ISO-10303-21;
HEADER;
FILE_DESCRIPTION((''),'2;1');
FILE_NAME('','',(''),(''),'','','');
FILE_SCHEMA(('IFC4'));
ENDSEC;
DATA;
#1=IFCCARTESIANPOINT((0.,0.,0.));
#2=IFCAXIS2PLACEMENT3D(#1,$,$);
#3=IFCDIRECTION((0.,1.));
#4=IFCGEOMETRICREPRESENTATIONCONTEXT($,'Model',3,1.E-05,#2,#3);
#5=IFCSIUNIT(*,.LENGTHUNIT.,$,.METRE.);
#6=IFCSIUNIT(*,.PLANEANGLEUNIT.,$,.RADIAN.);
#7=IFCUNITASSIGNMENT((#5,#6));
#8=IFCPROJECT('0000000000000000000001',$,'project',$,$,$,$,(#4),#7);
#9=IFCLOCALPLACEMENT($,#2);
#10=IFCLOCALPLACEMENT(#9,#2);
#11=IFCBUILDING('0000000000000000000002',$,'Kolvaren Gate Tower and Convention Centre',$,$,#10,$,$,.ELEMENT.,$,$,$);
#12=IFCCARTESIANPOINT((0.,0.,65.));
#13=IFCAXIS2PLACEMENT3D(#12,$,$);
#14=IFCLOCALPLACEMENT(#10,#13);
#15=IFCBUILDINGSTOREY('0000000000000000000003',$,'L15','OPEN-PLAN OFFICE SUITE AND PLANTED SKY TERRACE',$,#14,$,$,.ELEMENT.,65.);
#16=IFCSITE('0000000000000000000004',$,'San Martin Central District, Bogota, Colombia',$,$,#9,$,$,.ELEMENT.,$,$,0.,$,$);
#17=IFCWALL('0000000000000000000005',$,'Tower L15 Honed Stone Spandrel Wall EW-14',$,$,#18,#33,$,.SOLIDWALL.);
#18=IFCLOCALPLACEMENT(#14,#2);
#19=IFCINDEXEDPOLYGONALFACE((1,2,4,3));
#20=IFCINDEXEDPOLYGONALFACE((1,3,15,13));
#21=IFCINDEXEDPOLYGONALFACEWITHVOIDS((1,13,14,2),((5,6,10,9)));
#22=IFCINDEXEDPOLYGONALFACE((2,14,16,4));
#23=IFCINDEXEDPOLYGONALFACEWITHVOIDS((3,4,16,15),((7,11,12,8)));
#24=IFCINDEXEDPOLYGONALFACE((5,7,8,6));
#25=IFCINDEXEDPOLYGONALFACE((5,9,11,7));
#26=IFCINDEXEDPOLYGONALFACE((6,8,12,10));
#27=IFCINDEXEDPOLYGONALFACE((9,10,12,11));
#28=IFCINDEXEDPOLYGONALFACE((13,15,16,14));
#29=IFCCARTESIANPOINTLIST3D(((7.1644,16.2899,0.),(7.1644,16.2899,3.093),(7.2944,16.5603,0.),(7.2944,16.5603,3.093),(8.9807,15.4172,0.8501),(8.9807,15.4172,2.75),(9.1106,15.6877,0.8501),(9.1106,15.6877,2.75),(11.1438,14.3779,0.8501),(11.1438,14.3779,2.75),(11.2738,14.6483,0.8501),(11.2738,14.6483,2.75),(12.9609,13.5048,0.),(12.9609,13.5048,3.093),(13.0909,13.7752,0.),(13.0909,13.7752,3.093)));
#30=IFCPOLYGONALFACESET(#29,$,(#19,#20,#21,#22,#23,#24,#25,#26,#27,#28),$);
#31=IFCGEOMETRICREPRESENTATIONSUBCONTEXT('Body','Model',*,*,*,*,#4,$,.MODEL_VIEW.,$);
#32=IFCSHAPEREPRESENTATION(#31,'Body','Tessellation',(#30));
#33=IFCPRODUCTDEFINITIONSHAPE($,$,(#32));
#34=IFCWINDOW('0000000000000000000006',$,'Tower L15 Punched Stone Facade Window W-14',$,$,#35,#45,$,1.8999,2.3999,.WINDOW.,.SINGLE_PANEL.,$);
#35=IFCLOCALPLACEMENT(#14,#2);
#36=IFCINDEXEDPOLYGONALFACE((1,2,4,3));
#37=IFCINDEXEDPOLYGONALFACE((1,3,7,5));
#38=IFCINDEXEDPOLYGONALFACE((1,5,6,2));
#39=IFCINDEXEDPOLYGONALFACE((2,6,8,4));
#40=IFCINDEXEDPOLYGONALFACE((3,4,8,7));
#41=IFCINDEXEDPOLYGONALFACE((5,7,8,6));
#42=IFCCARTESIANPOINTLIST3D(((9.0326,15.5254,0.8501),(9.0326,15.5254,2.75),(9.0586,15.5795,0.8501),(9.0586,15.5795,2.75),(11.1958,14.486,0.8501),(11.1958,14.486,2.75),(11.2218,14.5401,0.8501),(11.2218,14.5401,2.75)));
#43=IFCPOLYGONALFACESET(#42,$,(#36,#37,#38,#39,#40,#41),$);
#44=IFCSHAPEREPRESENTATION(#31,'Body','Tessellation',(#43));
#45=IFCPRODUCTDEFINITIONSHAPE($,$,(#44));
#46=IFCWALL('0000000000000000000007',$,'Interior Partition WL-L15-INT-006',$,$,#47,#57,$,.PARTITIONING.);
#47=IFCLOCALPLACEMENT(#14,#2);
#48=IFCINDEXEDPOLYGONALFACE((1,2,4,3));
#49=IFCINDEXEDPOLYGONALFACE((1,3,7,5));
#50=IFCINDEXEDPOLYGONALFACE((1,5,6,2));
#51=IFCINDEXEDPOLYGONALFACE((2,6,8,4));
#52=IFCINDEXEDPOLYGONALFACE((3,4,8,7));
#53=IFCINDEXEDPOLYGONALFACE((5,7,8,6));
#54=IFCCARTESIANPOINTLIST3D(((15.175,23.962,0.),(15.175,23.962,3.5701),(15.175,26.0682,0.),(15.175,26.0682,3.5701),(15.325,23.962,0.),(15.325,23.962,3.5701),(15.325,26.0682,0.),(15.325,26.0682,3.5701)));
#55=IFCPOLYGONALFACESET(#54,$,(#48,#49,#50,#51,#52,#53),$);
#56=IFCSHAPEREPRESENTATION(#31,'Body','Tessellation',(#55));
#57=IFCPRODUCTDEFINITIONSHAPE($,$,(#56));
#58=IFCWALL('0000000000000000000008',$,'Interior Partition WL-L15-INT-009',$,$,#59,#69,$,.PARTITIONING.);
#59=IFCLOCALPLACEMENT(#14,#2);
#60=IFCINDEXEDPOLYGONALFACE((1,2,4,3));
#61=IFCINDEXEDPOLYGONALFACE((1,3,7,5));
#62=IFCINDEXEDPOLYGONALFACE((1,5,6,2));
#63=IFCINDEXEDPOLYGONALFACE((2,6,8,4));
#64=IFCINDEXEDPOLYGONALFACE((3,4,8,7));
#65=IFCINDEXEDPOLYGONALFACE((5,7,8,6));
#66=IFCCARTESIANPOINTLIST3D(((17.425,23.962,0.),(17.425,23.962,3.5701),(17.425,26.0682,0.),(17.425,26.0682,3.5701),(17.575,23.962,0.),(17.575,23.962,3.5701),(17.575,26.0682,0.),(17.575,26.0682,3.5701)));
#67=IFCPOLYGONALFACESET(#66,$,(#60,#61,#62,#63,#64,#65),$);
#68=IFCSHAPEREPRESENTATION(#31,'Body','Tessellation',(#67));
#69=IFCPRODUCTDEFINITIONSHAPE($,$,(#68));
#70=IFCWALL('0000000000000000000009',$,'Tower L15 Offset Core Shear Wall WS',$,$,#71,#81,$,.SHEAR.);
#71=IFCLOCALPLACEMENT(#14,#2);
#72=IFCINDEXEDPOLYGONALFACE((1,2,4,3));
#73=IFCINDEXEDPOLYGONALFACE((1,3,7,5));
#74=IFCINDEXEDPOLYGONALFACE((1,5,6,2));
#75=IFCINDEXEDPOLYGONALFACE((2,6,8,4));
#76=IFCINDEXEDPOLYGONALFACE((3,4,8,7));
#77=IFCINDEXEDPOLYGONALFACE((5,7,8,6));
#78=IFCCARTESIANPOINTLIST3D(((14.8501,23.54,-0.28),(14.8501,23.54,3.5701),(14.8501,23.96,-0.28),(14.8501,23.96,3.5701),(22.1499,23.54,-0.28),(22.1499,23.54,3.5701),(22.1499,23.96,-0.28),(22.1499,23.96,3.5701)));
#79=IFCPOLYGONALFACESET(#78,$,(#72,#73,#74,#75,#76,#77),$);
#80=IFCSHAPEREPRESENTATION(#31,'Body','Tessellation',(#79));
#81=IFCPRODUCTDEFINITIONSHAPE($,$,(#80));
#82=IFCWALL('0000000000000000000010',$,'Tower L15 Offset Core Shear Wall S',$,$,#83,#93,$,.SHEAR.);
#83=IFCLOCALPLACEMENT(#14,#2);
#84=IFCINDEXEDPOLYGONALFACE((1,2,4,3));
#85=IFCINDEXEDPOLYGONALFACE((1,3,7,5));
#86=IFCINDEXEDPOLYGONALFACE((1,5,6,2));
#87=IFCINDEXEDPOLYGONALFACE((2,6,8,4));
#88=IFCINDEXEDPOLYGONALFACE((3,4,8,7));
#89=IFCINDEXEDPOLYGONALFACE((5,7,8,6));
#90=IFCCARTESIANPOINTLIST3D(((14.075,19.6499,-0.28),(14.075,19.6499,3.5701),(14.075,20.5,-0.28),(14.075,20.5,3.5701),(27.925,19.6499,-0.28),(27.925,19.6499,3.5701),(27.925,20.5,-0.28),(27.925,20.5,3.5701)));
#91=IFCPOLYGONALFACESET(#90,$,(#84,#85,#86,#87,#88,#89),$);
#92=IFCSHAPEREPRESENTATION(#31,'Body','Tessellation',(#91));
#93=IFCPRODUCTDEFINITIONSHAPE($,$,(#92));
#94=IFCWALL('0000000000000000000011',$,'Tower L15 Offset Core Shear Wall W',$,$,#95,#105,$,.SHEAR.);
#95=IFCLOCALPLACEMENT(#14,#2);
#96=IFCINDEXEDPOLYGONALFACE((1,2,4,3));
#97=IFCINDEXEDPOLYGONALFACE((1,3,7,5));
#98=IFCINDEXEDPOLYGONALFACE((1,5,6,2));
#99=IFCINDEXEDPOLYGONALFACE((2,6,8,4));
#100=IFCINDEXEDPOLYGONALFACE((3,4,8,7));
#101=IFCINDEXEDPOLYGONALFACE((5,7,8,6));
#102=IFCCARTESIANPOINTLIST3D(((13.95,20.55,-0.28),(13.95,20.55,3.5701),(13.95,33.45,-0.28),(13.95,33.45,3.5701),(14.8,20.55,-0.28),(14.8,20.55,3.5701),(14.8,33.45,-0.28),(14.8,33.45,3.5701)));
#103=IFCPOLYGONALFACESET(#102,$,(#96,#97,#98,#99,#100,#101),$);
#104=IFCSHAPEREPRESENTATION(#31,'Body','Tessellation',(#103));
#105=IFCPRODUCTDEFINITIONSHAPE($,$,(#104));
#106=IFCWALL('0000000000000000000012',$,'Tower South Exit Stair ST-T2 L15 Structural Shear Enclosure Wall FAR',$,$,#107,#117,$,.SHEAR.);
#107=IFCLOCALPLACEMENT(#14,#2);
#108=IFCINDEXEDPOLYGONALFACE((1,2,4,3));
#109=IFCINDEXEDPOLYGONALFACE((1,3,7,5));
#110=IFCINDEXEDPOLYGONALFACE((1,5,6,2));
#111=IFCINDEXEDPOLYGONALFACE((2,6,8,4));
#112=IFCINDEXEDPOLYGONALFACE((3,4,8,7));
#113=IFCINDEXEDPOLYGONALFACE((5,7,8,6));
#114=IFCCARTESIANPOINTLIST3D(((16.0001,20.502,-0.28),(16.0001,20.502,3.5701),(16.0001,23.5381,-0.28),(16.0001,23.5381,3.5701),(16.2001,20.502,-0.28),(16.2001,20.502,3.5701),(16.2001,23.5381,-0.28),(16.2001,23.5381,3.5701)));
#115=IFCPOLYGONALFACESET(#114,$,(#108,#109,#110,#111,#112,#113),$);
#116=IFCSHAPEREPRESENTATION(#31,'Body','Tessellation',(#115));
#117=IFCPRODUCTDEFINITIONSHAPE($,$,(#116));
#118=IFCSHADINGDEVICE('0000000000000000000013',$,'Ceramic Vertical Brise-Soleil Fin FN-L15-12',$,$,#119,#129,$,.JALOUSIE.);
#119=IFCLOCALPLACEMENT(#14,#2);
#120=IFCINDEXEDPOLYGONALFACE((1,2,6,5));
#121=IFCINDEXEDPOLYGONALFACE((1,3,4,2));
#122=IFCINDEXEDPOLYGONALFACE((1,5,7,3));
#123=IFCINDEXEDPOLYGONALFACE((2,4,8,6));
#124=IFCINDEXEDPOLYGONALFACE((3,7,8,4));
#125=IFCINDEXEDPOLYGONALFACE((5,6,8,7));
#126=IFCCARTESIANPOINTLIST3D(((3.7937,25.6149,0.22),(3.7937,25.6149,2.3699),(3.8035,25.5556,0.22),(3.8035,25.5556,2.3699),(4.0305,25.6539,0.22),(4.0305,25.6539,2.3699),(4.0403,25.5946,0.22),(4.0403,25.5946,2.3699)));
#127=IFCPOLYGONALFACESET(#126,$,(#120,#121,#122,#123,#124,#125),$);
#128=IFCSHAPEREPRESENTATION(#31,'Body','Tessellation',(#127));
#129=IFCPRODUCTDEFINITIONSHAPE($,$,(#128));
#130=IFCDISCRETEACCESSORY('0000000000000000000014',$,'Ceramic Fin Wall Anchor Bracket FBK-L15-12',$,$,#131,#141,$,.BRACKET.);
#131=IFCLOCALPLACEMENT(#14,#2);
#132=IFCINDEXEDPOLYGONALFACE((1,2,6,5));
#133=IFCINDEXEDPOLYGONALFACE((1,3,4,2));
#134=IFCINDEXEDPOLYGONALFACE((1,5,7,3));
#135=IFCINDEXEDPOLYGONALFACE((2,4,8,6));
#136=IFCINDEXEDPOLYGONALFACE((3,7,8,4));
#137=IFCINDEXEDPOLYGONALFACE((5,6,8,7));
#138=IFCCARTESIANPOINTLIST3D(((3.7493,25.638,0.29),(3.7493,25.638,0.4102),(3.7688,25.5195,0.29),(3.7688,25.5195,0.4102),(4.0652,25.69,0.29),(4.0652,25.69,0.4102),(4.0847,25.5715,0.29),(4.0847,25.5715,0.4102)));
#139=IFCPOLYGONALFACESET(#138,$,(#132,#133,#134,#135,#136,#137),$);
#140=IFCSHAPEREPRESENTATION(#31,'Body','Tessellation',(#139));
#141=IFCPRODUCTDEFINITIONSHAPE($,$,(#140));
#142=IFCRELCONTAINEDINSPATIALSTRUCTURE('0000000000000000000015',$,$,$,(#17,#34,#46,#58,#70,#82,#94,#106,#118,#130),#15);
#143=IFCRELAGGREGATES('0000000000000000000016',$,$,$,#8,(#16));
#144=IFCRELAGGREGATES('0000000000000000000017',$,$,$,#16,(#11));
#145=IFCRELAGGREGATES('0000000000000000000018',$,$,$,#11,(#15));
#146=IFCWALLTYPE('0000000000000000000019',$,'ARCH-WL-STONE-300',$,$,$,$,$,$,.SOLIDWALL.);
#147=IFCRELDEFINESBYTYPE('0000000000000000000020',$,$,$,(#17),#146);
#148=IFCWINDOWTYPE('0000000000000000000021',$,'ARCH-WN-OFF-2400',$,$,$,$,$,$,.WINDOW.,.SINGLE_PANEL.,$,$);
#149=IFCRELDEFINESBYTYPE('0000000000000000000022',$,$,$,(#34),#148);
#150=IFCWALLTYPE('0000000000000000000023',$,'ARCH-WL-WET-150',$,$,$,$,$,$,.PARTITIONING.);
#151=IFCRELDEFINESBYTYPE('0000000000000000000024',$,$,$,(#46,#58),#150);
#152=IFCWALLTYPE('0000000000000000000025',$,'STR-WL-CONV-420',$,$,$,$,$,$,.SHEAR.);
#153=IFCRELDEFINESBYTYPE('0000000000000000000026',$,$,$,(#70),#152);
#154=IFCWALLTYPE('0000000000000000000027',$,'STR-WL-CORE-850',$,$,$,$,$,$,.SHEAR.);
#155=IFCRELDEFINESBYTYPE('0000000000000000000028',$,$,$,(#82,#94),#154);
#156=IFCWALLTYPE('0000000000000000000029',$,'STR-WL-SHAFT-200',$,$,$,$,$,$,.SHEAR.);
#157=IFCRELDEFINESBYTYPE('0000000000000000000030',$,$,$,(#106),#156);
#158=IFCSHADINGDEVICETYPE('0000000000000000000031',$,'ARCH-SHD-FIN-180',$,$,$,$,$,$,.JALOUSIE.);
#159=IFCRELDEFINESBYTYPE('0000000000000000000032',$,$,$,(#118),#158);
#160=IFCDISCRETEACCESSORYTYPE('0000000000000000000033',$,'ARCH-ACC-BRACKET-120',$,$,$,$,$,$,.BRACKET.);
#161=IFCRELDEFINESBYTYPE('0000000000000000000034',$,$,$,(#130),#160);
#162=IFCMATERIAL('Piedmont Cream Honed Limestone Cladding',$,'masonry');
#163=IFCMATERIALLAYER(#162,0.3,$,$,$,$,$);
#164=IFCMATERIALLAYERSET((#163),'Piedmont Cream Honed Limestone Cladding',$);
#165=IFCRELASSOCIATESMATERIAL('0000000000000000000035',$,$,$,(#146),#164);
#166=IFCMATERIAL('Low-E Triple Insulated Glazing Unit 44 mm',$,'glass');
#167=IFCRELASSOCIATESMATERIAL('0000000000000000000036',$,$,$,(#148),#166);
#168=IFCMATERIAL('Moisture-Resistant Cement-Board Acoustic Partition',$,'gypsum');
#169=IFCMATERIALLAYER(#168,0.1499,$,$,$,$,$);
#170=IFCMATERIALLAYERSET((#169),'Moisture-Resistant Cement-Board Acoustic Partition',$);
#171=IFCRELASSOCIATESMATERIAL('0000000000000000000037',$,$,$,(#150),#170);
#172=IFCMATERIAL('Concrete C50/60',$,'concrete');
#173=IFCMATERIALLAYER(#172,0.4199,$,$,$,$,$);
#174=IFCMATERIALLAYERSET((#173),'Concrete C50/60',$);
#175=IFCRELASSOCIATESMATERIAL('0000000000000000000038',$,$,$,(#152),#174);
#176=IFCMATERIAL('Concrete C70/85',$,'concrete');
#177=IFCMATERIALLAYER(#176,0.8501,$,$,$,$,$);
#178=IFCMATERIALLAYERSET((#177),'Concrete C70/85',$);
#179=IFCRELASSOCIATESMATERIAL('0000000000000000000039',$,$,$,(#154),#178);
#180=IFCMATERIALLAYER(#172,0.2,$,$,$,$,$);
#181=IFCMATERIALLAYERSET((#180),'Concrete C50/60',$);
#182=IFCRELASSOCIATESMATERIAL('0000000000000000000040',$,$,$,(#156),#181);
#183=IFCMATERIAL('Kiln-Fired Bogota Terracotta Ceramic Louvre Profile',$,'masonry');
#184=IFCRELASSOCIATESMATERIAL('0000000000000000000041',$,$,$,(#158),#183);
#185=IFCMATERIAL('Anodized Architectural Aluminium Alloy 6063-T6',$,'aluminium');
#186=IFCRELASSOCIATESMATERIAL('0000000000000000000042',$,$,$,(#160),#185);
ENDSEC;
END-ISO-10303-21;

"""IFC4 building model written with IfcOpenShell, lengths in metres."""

from ifc_helpers import new_model, si_unit, direction, frame, frame_2d, origin, origin_2d, place, context, subcontext, project, spatial, rectangle, extrude, material, layer, layer_set, type_object, element, fill, save


model = new_model("IFC4")

# Units and contexts
model_context = context("Model", 3, precision=1e-05, world=origin(), true_north=direction((0.0, 1.0)))
body_context = subcontext(model_context, "Body", "Model", "MODEL_VIEW")
ifc_project = project(units=[si_unit("LENGTHUNIT", "METRE"), si_unit("PLANEANGLEUNIT", "RADIAN")], contexts=[model_context])

# Site, building, storey
site_placement = place(None, origin())
site = spatial("IfcSite", under=ifc_project, at=site_placement, Name="San Martin Central District, Bogota, Colombia", CompositionType="ELEMENT", RefElevation=0.0)
building_placement = place(site_placement, origin())
building = spatial("IfcBuilding", under=site, at=building_placement, Name="Kolvaren Gate Tower and Convention Centre", CompositionType="ELEMENT")
storey_placement = place(building_placement, frame((0.0, 0.0, 65.0)))
storey = spatial("IfcBuildingStorey", under=building, at=storey_placement, Name="L15", Description="OPEN-PLAN OFFICE SUITE AND PLANTED SKY TERRACE", CompositionType="ELEMENT", Elevation=65.0)

# Shared definitions
ifc_material_1 = material(Name="Concrete C70/85", Category="concrete")

# Shared definitions
ifc_material_2 = material(Name="Piedmont Cream Honed Limestone Cladding", Category="masonry")

# Shared definitions
ifc_layer_1 = layer(ifc_material_2, 0.3)
ifc_layer_set_1 = layer_set([ifc_layer_1], Name="Piedmont Cream Honed Limestone Cladding")
wall_type_1 = type_object("IfcWallType", Name="ARCH-WL-STONE-300", PredefinedType="SOLIDWALL", material=ifc_layer_set_1)
ifc_material_3 = material(Name="Anodized Architectural Aluminium Alloy 6063-T6", Category="aluminium")

# Wall, opening, window
wall_1_placement = place(storey_placement, frame((7.2295, 16.425, 0.0), z_axis=(0.0, 0.0, 1.0), x_axis=(0.901355, -0.433082, 0.0)))
wall_1 = element("IfcWall", 1, at=wall_1_placement, inside=storey, type_object=wall_type_1, Name="Tower L15 Honed Stone Spandrel Wall EW-14", PredefinedType="SOLIDWALL", context=body_context, shape_type="SweptSolid", body=[
    extrude(rectangle(XDim=6.4309, YDim=0.3, at=frame_2d((3.2153, 0.0))), origin(), (0.0, 0.0, 1.0), 3.093),
])
opening_1_placement = place(wall_1_placement, frame((2.0149, 0.0, 0.8501)))
opening_1 = element("IfcOpeningElement", 2, at=opening_1_placement, cuts=wall_1, PredefinedType="OPENING", context=body_context, shape_type="SweptSolid", body=[
    extrude(rectangle(XDim=2.3999, YDim=1.8999, at=frame_2d((1.2, 0.95))), frame((0.0, 0.1599, 0.0), z_axis=(0.0, -1.0, 0.0), x_axis=(1.0, 0.0, 0.0)), (0.0, 0.0, 1.0), 0.3201),
])
ifc_material_4 = material(Name="Low-E Triple Insulated Glazing Unit 44 mm", Category="glass")
window_type = type_object("IfcWindowType", Name="ARCH-WN-OFF-2400", PartitioningType="SINGLE_PANEL", PredefinedType="WINDOW", material=ifc_material_4)
window_placement = place(opening_1_placement, origin())
window = element("IfcWindow", 3, at=window_placement, inside=storey, type_object=window_type, Name="Tower L15 Punched Stone Facade Window W-14", OverallHeight=1.8999, OverallWidth=2.3999, PartitioningType="SINGLE_PANEL", PredefinedType="WINDOW", context=body_context, shape_type="SweptSolid", body=[
    extrude(rectangle(XDim=2.3999, YDim=1.8999, at=frame_2d((1.2, 0.95))), frame((0.0, 0.03, 0.0), z_axis=(0.0, -1.0, 0.0), x_axis=(1.0, 0.0, 0.0)), (0.0, 0.0, 1.0), 0.0601),
])
fill(opening_1, window)

# Walls
ifc_material_5 = material(Name="Moisture-Resistant Cement-Board Acoustic Partition", Category="gypsum")
ifc_layer_2 = layer(ifc_material_5, 0.1499)
ifc_layer_set_2 = layer_set([ifc_layer_2], Name="Moisture-Resistant Cement-Board Acoustic Partition")
wall_type_2 = type_object("IfcWallType", Name="ARCH-WL-WET-150", PredefinedType="PARTITIONING", material=ifc_layer_set_2)
for number, where, z_axis, x_axis, name in (
    (4, (15.25, 23.9619, 0.0), (0.0, 0.0, 1.0), (0.0, 1.0, 0.0), "Interior Partition WL-L15-INT-006"),
    (5, (17.5, 23.9619, 0.0), (0.0, 0.0, 1.0), (0.0, 1.0, 0.0), "Interior Partition WL-L15-INT-009"),
):
    element("IfcWall", number, at=place(storey_placement, frame(where, z_axis=z_axis, x_axis=x_axis)), inside=storey, type_object=wall_type_2, Name=name, PredefinedType="PARTITIONING", context=body_context, shape_type="SweptSolid", body=[
        extrude(rectangle(XDim=2.1062, YDim=0.1499, at=frame_2d((1.0532, 0.0))), origin(), (0.0, 0.0, 1.0), 3.5701),
    ])
ifc_material_6 = material(Name="Concrete C50/60", Category="concrete")
ifc_layer_3 = layer(ifc_material_6, 0.4199)
ifc_layer_set_3 = layer_set([ifc_layer_3], Name="Concrete C50/60")
wall_type_3 = type_object("IfcWallType", Name="STR-WL-CONV-420", PredefinedType="SHEAR", material=ifc_layer_set_3)
wall_2_placement = place(storey_placement, frame((14.8501, 23.75, -0.28), z_axis=(0.0, 0.0, 1.0), x_axis=(1.0, 0.0, 0.0)))
element("IfcWall", 6, at=wall_2_placement, inside=storey, type_object=wall_type_3, Name="Tower L15 Offset Core Shear Wall WS", PredefinedType="SHEAR", context=body_context, shape_type="SweptSolid", body=[
    extrude(rectangle(XDim=7.2998, YDim=0.4199, at=frame_2d((3.6499, 0.0))), origin(), (0.0, 0.0, 1.0), 3.8501),
])
ifc_layer_4 = layer(ifc_material_1, 0.8501)
ifc_layer_set_4 = layer_set([ifc_layer_4], Name="Concrete C70/85")
wall_type_4 = type_object("IfcWallType", Name="STR-WL-CORE-850", PredefinedType="SHEAR", material=ifc_layer_set_4)
wall_3_placement = place(storey_placement, frame((14.075, 20.075, -0.28), z_axis=(0.0, 0.0, 1.0), x_axis=(1.0, 0.0, 0.0)))
element("IfcWall", 7, at=wall_3_placement, inside=storey, type_object=wall_type_4, Name="Tower L15 Offset Core Shear Wall S", PredefinedType="SHEAR", context=body_context, shape_type="SweptSolid", body=[
    extrude(rectangle(XDim=13.8501, YDim=0.8501, at=frame_2d((6.925, 0.0))), origin(), (0.0, 0.0, 1.0), 3.8501),
])
wall_4_placement = place(storey_placement, frame((14.375, 20.55, -0.28), z_axis=(0.0, 0.0, 1.0), x_axis=(0.0, 1.0, 0.0)))
element("IfcWall", 8, at=wall_4_placement, inside=storey, type_object=wall_type_4, Name="Tower L15 Offset Core Shear Wall W", PredefinedType="SHEAR", context=body_context, shape_type="SweptSolid", body=[
    extrude(rectangle(XDim=12.8999, YDim=0.8501, at=frame_2d((6.45, 0.0))), origin(), (0.0, 0.0, 1.0), 3.8501),
])
ifc_layer_5 = layer(ifc_material_6, 0.2)
ifc_layer_set_5 = layer_set([ifc_layer_5], Name="Concrete C50/60")
wall_type_5 = type_object("IfcWallType", Name="STR-WL-SHAFT-200", PredefinedType="SHEAR", material=ifc_layer_set_5)
wall_5_placement = place(storey_placement, frame((16.1001, 20.502, -0.28), z_axis=(0.0, 0.0, 1.0), x_axis=(0.0, 1.0, 0.0)))
element("IfcWall", 9, at=wall_5_placement, inside=storey, type_object=wall_type_5, Name="Tower South Exit Stair ST-T2 L15 Structural Shear Enclosure Wall FAR", PredefinedType="SHEAR", context=body_context, shape_type="SweptSolid", body=[
    extrude(rectangle(XDim=3.0361, YDim=0.2, at=frame_2d((1.5181, 0.0))), origin(), (0.0, 0.0, 1.0), 3.8501),
])

# Shading device
ifc_material_7 = material(Name="Kiln-Fired Bogota Terracotta Ceramic Louvre Profile", Category="masonry")
shading_device_type = type_object("IfcShadingDeviceType", Name="ARCH-SHD-FIN-180", PredefinedType="JALOUSIE", material=ifc_material_7)
shading_device_placement = place(storey_placement, frame((3.917, 25.6047, 0.22), z_axis=(0.0, 0.0, 1.0), x_axis=(0.162375, -0.986729, 0.0)))
element("IfcShadingDevice", 10, at=shading_device_placement, inside=storey, type_object=shading_device_type, Name="Ceramic Vertical Brise-Soleil Fin FN-L15-12", PredefinedType="JALOUSIE", context=body_context, shape_type="SweptSolid", body=[
    extrude(rectangle(XDim=0.0601, YDim=0.24, at=origin_2d()), origin(), (0.0, 0.0, 1.0), 2.1499),
])

# Discrete accessory
discrete_accessory_type = type_object("IfcDiscreteAccessoryType", Name="ARCH-ACC-BRACKET-120", PredefinedType="BRACKET", material=ifc_material_3)
discrete_accessory_placement = place(storey_placement, frame((3.917, 25.6047, 0.29), z_axis=(0.0, 0.0, 1.0), x_axis=(0.162375, -0.986729, 0.0)))
element("IfcDiscreteAccessory", 11, at=discrete_accessory_placement, inside=storey, type_object=discrete_accessory_type, Name="Ceramic Fin Wall Anchor Bracket FBK-L15-12", PredefinedType="BRACKET", context=body_context, shape_type="SweptSolid", body=[
    extrude(rectangle(XDim=0.1201, YDim=0.3201, at=origin_2d()), origin(), (0.0, 0.0, 1.0), 0.1201),
])

save(model, "model.ifc")
